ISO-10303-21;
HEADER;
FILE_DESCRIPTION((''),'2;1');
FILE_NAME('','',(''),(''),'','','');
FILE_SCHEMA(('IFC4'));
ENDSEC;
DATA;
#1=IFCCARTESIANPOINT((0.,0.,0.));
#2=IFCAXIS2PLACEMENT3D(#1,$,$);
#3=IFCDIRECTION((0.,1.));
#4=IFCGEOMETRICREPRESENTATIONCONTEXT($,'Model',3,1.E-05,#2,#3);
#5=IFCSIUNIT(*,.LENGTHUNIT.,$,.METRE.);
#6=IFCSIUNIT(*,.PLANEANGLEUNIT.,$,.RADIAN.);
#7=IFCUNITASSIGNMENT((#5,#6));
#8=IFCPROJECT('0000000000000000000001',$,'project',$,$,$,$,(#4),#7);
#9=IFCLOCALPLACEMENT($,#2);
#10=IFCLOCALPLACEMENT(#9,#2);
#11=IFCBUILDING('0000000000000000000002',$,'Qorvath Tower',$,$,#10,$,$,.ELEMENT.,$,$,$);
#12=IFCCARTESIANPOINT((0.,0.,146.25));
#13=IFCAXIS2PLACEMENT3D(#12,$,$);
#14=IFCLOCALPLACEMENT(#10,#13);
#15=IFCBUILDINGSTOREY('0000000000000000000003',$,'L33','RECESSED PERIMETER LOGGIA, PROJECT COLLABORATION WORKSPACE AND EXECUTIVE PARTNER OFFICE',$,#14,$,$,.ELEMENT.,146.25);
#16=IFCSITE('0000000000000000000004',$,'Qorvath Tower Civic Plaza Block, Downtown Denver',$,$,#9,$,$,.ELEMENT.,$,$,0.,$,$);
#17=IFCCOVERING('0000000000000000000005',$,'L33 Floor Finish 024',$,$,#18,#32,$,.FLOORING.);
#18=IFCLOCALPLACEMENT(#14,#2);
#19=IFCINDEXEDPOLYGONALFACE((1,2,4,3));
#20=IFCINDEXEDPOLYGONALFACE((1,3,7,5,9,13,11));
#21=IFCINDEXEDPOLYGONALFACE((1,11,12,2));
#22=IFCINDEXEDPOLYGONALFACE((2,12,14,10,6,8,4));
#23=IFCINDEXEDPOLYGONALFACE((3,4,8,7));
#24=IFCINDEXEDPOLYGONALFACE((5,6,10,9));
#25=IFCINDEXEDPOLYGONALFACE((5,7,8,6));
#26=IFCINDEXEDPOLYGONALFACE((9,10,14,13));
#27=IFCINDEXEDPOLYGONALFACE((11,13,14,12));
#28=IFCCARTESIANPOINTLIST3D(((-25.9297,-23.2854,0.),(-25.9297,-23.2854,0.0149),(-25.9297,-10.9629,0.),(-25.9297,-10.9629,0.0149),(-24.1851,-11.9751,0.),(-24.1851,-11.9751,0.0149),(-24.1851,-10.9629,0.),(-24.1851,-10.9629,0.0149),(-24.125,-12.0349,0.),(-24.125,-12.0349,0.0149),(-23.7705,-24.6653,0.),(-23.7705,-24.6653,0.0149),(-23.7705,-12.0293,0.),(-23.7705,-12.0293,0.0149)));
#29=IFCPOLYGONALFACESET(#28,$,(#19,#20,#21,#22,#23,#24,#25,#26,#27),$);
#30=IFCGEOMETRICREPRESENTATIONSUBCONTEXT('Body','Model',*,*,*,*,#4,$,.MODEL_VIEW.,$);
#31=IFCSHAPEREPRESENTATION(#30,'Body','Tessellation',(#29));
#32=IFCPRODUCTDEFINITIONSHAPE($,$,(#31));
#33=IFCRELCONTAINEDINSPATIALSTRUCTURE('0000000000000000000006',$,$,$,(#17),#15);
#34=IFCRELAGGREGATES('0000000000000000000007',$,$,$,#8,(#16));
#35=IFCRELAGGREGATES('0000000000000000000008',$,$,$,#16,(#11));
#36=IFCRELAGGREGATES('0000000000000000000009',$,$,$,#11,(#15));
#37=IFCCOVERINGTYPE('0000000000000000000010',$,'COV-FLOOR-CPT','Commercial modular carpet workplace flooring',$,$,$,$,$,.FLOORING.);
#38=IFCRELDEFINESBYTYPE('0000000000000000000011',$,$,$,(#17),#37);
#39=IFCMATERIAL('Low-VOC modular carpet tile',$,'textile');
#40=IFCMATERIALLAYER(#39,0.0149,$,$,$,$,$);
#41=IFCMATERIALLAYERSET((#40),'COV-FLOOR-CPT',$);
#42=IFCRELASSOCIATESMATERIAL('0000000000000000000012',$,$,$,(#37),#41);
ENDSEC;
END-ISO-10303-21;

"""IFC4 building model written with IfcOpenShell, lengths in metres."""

from ifc_helpers import new_model, si_unit, direction, frame, origin, place, context, subcontext, project, spatial, polyline, outline, extrude, material, layer, layer_set, type_object, element, save


model = new_model("IFC4")

# Units and contexts
model_context = context("Model", 3, precision=1e-05, world=origin(), true_north=direction((0.0, 1.0)))
body_context = subcontext(model_context, "Body", "Model", "MODEL_VIEW")
ifc_project = project(units=[si_unit("LENGTHUNIT", "METRE"), si_unit("PLANEANGLEUNIT", "RADIAN")], contexts=[model_context])

# Site, building, storey
site_placement = place(None, origin())
site = spatial("IfcSite", under=ifc_project, at=site_placement, Name="Qorvath Tower Civic Plaza Block, Downtown Denver", CompositionType="ELEMENT", RefElevation=0.0)
building_placement = place(site_placement, origin())
building = spatial("IfcBuilding", under=site, at=building_placement, Name="Qorvath Tower", CompositionType="ELEMENT")
storey_placement = place(building_placement, frame((0.0, 0.0, 146.25)))
storey = spatial("IfcBuildingStorey", under=building, at=storey_placement, Name="L33", Description="RECESSED PERIMETER LOGGIA, PROJECT COLLABORATION WORKSPACE AND EXECUTIVE PARTNER OFFICE", CompositionType="ELEMENT", Elevation=146.25)

# Covering
ifc_material_1 = material(Name="Low-VOC modular carpet tile", Category="textile")
ifc_layer_1 = layer(ifc_material_1, 0.0149)
ifc_layer_set_1 = layer_set([ifc_layer_1], Name="COV-FLOOR-CPT")
covering_type_1 = type_object("IfcCoveringType", Name="COV-FLOOR-CPT", Description="Commercial modular carpet workplace flooring", PredefinedType="FLOORING", material=ifc_layer_set_1)
covering_1_placement = place(storey_placement, origin())
element("IfcCovering", 1, at=covering_1_placement, inside=storey, type_object=covering_type_1, Name="L33 Floor Finish 024", PredefinedType="FLOORING", context=body_context, shape_type="SweptSolid", body=[
    extrude(outline(polyline([(-23.7705, -24.6653), (-23.7705, -12.0293), (-24.125, -12.0349), (-24.1851, -11.9751), (-24.1851, -10.9629), (-25.9297, -10.9629), (-25.9297, -23.2854), (-23.7705, -24.6653)])), origin(), (0.0, 0.0, 1.0), 0.0149),
])

save(model, "model.ifc")
